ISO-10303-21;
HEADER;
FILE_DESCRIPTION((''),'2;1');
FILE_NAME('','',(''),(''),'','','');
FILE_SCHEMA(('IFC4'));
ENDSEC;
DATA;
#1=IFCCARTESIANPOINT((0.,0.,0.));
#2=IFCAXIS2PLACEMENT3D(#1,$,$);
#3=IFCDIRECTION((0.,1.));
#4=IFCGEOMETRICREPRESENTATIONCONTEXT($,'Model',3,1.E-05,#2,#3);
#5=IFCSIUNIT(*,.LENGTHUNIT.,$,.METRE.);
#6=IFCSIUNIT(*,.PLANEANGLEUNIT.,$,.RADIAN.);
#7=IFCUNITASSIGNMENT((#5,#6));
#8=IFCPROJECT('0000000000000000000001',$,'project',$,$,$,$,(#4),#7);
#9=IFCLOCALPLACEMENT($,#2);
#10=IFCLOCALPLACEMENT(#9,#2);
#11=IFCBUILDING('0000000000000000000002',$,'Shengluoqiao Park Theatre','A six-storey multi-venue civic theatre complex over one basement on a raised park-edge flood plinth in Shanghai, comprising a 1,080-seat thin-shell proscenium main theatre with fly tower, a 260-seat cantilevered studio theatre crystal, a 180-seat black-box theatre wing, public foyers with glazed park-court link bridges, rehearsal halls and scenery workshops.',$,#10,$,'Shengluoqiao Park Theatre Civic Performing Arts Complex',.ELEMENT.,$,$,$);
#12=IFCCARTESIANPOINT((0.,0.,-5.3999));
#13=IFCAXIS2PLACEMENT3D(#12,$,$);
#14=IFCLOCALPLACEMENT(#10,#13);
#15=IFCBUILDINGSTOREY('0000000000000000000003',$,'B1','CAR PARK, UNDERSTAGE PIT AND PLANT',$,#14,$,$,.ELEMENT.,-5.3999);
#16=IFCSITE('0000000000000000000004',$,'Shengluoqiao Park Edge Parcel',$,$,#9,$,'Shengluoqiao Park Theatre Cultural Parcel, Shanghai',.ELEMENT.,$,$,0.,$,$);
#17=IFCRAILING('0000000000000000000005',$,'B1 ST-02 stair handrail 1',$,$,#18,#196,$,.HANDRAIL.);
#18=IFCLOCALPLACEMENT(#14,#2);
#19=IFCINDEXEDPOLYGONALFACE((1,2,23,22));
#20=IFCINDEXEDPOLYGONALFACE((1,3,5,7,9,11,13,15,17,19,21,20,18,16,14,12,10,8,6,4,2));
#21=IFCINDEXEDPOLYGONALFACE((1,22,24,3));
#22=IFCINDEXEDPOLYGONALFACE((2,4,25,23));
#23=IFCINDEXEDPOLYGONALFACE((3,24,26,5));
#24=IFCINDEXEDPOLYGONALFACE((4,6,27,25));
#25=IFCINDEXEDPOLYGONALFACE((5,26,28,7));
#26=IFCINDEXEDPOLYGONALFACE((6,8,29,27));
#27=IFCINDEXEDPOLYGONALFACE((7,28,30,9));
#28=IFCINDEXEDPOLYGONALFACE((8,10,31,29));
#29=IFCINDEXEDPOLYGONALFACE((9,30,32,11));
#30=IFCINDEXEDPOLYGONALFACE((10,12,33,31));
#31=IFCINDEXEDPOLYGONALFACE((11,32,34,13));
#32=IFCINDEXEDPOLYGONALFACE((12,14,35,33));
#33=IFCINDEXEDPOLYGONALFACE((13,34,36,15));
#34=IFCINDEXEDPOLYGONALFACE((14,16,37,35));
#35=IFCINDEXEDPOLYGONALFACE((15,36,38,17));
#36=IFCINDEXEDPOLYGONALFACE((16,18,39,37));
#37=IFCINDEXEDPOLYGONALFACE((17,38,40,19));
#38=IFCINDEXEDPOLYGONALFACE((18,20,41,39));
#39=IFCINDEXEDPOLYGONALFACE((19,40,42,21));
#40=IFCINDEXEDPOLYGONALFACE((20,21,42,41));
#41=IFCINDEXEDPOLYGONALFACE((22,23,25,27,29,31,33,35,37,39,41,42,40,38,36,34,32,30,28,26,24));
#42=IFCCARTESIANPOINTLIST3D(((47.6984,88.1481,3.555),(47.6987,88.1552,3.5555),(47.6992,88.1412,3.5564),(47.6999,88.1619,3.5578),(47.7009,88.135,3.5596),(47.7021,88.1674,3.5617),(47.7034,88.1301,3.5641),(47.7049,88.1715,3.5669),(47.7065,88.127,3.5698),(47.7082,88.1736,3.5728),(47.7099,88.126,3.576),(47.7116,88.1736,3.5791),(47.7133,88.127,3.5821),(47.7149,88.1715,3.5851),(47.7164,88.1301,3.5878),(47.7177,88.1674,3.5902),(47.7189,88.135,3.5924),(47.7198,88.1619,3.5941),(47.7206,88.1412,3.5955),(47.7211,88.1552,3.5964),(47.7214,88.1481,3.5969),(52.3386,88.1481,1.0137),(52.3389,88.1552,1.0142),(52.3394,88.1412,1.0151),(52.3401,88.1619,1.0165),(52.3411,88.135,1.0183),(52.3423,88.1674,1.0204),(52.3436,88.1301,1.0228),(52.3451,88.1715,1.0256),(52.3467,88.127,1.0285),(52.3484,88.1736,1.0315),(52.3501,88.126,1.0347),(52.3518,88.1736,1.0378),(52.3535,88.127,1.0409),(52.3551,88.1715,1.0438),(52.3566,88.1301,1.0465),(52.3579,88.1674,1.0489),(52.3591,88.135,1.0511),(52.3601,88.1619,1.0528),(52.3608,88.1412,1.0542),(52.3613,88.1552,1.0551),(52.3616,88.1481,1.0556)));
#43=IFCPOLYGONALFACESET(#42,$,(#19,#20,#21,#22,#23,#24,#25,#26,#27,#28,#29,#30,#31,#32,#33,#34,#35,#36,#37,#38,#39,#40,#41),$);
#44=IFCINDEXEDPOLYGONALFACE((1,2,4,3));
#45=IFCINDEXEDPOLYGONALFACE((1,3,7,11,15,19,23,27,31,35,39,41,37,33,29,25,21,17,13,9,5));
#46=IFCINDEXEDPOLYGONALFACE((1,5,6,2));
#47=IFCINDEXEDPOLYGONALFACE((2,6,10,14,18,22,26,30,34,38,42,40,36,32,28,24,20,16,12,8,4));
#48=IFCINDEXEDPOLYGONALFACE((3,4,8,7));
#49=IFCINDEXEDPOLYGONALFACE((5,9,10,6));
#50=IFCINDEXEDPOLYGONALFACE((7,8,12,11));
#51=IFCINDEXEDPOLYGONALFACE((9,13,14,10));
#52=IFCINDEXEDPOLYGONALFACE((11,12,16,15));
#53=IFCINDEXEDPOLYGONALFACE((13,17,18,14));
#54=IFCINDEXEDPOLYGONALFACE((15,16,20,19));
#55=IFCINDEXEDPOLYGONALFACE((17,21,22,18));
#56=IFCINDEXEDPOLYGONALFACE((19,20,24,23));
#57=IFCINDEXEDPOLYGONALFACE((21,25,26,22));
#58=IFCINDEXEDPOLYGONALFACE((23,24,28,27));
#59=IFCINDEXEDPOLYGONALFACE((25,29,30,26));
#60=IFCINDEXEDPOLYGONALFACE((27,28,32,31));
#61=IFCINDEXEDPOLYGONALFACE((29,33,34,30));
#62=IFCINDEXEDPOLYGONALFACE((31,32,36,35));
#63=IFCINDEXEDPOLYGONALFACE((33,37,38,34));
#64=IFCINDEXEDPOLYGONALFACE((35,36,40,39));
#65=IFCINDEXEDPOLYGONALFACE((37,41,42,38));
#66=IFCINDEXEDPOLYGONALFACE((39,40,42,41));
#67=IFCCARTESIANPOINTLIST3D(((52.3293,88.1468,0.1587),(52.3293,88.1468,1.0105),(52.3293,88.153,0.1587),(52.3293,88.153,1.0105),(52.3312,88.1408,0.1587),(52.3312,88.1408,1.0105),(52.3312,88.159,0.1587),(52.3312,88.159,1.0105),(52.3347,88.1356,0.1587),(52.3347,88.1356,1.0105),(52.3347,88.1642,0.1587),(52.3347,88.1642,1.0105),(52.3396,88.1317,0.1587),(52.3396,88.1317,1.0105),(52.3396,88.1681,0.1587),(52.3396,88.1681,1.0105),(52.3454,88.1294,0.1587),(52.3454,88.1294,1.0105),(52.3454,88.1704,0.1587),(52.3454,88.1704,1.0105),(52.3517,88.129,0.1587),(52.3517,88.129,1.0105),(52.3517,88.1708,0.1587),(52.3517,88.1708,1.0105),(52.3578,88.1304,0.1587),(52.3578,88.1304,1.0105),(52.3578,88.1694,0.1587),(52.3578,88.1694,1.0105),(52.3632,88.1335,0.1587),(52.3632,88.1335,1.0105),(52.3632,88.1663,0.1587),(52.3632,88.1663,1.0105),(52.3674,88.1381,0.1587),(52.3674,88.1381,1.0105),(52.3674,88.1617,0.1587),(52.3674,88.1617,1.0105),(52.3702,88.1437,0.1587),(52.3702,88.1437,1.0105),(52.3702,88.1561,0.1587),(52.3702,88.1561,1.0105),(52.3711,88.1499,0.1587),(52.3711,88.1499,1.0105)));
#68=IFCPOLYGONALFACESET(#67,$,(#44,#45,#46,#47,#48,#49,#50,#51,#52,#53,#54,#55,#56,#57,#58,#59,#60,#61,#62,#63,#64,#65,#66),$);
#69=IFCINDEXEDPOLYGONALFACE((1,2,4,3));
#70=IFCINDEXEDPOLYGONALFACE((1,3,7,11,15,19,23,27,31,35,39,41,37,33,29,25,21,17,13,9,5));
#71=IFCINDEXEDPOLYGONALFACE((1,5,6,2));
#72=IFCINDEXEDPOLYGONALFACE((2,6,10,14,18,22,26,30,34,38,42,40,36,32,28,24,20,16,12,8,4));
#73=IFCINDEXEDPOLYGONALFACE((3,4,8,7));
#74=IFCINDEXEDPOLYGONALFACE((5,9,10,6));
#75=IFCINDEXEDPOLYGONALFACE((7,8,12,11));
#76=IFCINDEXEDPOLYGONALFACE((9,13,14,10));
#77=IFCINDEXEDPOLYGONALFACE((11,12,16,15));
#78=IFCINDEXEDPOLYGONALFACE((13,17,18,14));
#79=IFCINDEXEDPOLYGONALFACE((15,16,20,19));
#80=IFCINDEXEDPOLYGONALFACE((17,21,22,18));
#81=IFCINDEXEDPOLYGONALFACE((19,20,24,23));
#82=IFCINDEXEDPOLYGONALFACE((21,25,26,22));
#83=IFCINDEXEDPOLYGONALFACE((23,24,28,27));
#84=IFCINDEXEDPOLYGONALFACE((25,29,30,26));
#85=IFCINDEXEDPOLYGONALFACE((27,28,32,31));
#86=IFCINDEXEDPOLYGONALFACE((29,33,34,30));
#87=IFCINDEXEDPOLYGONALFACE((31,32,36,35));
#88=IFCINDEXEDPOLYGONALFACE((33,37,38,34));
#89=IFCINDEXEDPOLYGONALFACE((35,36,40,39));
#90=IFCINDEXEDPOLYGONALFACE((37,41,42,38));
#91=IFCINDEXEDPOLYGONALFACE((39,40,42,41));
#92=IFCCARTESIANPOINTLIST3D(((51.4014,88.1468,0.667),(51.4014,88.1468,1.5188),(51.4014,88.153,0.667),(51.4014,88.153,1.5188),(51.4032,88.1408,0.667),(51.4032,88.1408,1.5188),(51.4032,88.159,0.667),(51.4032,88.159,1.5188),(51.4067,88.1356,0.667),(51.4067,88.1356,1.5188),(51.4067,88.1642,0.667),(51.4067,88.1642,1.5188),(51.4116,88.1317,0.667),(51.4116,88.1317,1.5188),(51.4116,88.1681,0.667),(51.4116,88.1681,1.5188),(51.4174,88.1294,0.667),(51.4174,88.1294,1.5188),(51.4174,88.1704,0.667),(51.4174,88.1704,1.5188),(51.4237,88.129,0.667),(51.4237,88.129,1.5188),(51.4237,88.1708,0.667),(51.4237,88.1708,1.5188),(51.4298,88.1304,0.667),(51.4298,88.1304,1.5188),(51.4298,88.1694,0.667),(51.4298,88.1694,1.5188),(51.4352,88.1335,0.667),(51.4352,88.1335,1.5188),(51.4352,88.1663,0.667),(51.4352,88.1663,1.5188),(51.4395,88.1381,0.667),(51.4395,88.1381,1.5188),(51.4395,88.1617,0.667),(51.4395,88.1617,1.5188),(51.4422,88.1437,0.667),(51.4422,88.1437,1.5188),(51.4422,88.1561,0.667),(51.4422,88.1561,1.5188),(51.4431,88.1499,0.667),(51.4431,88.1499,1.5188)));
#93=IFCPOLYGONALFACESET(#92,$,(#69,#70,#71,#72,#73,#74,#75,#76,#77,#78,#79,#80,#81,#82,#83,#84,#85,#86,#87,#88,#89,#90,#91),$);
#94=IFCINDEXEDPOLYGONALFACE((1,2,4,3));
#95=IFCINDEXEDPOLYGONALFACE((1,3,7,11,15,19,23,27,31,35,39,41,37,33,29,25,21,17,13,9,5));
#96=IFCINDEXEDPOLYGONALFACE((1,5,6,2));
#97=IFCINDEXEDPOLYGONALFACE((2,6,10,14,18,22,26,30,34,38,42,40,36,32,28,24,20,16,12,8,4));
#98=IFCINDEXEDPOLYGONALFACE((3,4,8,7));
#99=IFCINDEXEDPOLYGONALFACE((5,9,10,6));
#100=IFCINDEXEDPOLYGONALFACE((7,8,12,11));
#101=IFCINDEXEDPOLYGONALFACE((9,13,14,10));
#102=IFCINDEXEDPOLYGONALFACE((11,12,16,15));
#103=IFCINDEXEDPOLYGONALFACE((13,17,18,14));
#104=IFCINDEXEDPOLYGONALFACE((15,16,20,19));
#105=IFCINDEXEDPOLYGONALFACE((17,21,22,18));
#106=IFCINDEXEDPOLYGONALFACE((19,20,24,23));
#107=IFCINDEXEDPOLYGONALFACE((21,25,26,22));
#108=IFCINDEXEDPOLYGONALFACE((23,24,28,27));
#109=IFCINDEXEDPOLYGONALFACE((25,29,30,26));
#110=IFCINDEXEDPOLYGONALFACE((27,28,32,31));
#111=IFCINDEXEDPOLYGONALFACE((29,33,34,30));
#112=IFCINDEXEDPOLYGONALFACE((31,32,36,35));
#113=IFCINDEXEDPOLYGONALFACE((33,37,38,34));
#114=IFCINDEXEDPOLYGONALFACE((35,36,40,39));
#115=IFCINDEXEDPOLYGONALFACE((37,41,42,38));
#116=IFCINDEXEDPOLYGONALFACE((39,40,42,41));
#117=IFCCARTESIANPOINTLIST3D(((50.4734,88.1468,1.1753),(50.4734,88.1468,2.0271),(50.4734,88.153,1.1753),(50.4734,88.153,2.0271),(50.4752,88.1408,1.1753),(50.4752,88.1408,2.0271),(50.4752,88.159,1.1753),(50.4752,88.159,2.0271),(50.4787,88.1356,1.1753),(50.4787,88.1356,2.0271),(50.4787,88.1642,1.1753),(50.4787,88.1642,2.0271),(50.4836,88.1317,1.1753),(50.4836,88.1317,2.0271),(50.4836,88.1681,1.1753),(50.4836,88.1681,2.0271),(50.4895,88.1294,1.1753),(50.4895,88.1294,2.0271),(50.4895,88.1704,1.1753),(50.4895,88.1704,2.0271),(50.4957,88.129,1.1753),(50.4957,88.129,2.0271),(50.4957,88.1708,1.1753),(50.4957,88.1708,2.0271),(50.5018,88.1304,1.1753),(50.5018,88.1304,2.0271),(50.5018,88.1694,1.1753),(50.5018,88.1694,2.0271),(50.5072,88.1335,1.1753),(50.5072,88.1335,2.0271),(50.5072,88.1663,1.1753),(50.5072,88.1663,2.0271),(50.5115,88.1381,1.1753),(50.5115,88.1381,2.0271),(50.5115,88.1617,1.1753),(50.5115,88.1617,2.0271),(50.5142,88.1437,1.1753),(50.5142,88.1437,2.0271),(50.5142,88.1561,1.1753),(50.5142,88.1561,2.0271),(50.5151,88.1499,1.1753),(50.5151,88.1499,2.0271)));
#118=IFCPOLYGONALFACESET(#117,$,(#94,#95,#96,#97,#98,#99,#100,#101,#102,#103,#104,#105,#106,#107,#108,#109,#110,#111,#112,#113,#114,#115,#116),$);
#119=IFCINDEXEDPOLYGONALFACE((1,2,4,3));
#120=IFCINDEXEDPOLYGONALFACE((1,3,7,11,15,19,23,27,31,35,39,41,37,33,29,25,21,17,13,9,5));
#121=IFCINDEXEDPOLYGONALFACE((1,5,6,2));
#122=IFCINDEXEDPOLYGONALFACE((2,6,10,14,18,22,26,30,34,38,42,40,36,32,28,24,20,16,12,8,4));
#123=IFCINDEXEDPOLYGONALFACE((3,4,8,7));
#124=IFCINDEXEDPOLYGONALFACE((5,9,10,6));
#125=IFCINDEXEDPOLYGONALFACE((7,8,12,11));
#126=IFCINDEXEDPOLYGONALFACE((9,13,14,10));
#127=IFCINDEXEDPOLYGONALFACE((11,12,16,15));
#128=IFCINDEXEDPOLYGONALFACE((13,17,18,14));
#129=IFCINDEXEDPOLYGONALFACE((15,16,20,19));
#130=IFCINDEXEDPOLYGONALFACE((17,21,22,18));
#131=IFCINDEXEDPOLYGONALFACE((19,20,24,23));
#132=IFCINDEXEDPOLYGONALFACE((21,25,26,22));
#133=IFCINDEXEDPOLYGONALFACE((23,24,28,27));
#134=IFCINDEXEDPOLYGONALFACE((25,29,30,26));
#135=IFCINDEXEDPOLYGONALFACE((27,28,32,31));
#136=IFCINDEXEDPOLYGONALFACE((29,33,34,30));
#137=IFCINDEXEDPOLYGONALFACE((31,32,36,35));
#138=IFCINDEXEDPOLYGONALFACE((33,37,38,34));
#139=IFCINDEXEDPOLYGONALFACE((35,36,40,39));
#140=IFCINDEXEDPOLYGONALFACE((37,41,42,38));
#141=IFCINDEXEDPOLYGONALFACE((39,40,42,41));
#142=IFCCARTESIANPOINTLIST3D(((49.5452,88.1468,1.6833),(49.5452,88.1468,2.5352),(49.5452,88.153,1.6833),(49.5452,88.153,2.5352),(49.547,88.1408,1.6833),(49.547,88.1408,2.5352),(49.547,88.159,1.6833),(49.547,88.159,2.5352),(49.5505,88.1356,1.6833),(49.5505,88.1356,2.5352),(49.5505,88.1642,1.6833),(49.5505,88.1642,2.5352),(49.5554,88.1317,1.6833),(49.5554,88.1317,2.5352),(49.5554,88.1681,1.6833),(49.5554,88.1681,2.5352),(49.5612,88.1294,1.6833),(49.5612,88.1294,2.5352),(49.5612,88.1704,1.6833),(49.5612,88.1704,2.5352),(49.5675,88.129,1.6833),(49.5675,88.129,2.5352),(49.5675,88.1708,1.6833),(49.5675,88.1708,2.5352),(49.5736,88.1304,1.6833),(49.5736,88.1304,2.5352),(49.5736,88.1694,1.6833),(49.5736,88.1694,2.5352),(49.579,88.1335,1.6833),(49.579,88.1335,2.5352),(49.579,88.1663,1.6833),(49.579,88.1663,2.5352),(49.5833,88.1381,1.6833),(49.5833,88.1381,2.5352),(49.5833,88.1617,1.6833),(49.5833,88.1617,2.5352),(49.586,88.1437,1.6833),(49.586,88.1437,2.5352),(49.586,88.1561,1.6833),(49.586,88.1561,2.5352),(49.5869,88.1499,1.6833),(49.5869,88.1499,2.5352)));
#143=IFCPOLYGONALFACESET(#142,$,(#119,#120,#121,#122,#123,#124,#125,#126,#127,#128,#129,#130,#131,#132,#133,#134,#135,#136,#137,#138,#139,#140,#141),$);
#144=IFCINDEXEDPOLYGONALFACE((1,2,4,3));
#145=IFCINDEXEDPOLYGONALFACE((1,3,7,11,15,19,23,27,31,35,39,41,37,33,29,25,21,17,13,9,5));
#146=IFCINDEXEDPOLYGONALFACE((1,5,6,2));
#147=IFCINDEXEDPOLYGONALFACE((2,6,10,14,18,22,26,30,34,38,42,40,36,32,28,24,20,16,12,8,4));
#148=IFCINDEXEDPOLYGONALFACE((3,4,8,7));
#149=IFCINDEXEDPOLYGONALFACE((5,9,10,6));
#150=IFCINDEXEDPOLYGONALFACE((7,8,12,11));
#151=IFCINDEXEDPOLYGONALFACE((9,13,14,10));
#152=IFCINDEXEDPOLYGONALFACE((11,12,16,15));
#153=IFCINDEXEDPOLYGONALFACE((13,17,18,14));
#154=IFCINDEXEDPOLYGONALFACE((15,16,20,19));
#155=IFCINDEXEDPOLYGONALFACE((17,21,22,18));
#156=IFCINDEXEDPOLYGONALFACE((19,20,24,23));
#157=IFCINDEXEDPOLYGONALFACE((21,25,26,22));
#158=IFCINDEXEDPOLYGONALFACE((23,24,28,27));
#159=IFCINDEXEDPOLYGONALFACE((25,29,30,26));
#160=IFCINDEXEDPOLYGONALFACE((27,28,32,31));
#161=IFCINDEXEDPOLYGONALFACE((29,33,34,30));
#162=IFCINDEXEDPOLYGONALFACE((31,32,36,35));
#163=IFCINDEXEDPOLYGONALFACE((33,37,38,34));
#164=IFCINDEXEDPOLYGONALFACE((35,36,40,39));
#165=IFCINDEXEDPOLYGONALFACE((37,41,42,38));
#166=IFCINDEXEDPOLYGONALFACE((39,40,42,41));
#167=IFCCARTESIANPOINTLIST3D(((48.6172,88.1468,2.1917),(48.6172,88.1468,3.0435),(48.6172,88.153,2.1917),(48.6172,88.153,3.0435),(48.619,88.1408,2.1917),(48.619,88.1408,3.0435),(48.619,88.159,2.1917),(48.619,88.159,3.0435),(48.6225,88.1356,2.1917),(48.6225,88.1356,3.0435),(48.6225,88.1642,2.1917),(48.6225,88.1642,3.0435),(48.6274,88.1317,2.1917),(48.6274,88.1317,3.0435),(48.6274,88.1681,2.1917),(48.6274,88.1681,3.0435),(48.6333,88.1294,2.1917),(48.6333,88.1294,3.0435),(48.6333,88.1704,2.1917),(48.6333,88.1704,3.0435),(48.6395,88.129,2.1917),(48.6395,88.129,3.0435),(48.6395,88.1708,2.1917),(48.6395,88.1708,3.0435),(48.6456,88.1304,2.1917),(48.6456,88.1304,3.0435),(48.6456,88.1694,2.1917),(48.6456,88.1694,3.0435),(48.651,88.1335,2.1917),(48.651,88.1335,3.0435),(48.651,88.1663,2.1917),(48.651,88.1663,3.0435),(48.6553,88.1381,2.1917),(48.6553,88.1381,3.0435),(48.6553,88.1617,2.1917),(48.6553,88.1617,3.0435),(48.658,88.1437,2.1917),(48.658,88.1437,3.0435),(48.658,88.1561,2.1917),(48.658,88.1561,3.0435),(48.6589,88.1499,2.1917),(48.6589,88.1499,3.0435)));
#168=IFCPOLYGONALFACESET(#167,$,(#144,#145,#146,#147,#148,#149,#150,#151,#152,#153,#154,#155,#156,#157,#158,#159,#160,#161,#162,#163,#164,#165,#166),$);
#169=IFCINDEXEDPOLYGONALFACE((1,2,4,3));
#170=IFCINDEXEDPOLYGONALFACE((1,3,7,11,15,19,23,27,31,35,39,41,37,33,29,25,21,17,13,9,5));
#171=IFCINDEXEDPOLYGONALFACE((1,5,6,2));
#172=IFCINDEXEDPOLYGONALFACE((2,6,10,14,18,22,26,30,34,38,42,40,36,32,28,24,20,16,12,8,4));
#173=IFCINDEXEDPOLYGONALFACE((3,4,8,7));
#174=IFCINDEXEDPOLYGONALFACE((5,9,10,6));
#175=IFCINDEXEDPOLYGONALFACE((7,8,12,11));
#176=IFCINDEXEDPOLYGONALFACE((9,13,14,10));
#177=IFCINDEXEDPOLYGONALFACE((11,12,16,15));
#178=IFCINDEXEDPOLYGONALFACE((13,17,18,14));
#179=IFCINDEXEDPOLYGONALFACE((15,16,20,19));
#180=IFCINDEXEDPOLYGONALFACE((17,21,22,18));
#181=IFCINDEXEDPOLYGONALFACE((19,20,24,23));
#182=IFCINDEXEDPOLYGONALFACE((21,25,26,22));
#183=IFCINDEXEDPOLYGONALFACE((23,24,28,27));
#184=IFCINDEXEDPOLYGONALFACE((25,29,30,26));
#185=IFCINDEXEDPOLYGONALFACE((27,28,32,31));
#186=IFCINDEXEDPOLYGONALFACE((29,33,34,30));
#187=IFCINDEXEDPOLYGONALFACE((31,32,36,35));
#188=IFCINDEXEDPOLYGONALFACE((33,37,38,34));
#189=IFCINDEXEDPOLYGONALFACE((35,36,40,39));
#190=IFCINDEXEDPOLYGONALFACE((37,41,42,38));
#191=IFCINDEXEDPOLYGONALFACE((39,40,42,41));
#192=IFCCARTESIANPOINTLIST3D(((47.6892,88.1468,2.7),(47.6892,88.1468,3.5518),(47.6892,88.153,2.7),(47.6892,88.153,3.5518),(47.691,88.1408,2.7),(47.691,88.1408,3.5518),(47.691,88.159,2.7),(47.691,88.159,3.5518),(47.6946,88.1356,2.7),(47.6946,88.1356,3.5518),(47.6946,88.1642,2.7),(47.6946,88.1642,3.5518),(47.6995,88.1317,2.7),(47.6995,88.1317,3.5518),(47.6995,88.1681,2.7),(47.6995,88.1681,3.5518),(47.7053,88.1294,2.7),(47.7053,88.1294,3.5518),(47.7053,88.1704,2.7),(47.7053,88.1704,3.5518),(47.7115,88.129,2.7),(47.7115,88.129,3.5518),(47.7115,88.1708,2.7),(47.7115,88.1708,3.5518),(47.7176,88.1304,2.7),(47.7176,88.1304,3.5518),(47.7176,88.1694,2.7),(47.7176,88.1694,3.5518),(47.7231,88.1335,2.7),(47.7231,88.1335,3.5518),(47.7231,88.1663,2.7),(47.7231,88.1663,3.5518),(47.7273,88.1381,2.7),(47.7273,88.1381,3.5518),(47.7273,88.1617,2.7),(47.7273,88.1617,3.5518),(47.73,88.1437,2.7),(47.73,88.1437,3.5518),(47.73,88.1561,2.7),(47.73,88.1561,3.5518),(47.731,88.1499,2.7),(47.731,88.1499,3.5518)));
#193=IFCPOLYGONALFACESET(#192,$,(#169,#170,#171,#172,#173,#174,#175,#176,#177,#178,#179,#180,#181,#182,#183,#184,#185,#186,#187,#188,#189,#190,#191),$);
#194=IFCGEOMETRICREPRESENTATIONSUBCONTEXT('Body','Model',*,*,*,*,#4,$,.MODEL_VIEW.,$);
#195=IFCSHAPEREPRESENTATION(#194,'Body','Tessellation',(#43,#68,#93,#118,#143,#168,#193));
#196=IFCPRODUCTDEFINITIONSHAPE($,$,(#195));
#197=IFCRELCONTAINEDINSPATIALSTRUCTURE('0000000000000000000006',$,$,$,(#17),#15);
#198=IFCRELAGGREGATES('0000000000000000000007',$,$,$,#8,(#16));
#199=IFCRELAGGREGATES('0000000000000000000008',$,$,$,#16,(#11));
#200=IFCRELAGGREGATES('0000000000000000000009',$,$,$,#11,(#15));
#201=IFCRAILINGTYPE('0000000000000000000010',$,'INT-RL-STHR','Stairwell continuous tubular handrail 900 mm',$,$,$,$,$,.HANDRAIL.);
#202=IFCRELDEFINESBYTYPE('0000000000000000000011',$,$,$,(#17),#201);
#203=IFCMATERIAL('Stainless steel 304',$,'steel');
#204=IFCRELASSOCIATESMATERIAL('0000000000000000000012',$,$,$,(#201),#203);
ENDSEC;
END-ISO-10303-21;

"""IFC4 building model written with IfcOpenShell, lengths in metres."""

from ifc_helpers import new_model, si_unit, direction, frame, origin, origin_2d, place, context, subcontext, project, spatial, circle, extrude, material, type_object, element, save


model = new_model("IFC4")

# Units and contexts
model_context = context("Model", 3, precision=1e-05, world=origin(), true_north=direction((0.0, 1.0)))
body_context = subcontext(model_context, "Body", "Model", "MODEL_VIEW")
ifc_project = project(units=[si_unit("LENGTHUNIT", "METRE"), si_unit("PLANEANGLEUNIT", "RADIAN")], contexts=[model_context])

# Site, building, storey
site_placement = place(None, origin())
site = spatial("IfcSite", under=ifc_project, at=site_placement, Name="Shengluoqiao Park Edge Parcel", LongName="Shengluoqiao Park Theatre Cultural Parcel, Shanghai", CompositionType="ELEMENT", RefElevation=0.0)
building_placement = place(site_placement, origin())
building = spatial("IfcBuilding", under=site, at=building_placement, Name="Shengluoqiao Park Theatre", Description="A six-storey multi-venue civic theatre complex over one basement on a raised park-edge flood plinth in Shanghai, comprising a 1,080-seat thin-shell proscenium main theatre with fly tower, a 260-seat cantilevered studio theatre crystal, a 180-seat black-box theatre wing, public foyers with glazed park-court link bridges, rehearsal halls and scenery workshops.", LongName="Shengluoqiao Park Theatre Civic Performing Arts Complex", CompositionType="ELEMENT")
storey_placement = place(building_placement, frame((0.0, 0.0, -5.3999)))
storey = spatial("IfcBuildingStorey", under=building, at=storey_placement, Name="B1", Description="CAR PARK, UNDERSTAGE PIT AND PLANT", CompositionType="ELEMENT", Elevation=-5.3999)

# Shared definitions
ifc_material_1 = material(Name="Stainless steel 304", Category="steel")

# Railing
railing_type_1 = type_object("IfcRailingType", Name="INT-RL-STHR", Description="Stairwell continuous tubular handrail 900 mm", PredefinedType="HANDRAIL", material=ifc_material_1)
railing_1_placement = place(storey_placement, frame((52.3501, 88.1499, 0.1587)))
element("IfcRailing", 1, at=railing_1_placement, inside=storey, type_object=railing_type_1, Name="B1 ST-02 stair handrail 1", PredefinedType="HANDRAIL", context=body_context, shape_type="SweptSolid", body=[
    extrude(circle(Radius=0.0239, at=origin_2d()), frame((0.0, 0.0, 0.876), z_axis=(-0.877078, 0.0, 0.480348), x_axis=(0.0, -1.0, 0.0)), (0.0, 0.0, 1.0), 5.2905),
    extrude(circle(Radius=0.021, at=origin_2d()), origin(), (0.0, 0.0, 1.0), 0.8518),
    extrude(circle(Radius=0.021, at=origin_2d()), frame((-0.928, 0.0, 0.5083)), (0.0, 0.0, 1.0), 0.8518),
    extrude(circle(Radius=0.021, at=origin_2d()), frame((-1.856, 0.0, 1.0166)), (0.0, 0.0, 1.0), 0.8518),
    extrude(circle(Radius=0.021, at=origin_2d()), frame((-2.7842, 0.0, 1.5247)), (0.0, 0.0, 1.0), 0.8518),
    extrude(circle(Radius=0.021, at=origin_2d()), frame((-3.7122, 0.0, 2.033)), (0.0, 0.0, 1.0), 0.8518),
    extrude(circle(Radius=0.021, at=origin_2d()), frame((-4.6401, 0.0, 2.5413)), (0.0, 0.0, 1.0), 0.8518),
])

save(model, "model.ifc")
